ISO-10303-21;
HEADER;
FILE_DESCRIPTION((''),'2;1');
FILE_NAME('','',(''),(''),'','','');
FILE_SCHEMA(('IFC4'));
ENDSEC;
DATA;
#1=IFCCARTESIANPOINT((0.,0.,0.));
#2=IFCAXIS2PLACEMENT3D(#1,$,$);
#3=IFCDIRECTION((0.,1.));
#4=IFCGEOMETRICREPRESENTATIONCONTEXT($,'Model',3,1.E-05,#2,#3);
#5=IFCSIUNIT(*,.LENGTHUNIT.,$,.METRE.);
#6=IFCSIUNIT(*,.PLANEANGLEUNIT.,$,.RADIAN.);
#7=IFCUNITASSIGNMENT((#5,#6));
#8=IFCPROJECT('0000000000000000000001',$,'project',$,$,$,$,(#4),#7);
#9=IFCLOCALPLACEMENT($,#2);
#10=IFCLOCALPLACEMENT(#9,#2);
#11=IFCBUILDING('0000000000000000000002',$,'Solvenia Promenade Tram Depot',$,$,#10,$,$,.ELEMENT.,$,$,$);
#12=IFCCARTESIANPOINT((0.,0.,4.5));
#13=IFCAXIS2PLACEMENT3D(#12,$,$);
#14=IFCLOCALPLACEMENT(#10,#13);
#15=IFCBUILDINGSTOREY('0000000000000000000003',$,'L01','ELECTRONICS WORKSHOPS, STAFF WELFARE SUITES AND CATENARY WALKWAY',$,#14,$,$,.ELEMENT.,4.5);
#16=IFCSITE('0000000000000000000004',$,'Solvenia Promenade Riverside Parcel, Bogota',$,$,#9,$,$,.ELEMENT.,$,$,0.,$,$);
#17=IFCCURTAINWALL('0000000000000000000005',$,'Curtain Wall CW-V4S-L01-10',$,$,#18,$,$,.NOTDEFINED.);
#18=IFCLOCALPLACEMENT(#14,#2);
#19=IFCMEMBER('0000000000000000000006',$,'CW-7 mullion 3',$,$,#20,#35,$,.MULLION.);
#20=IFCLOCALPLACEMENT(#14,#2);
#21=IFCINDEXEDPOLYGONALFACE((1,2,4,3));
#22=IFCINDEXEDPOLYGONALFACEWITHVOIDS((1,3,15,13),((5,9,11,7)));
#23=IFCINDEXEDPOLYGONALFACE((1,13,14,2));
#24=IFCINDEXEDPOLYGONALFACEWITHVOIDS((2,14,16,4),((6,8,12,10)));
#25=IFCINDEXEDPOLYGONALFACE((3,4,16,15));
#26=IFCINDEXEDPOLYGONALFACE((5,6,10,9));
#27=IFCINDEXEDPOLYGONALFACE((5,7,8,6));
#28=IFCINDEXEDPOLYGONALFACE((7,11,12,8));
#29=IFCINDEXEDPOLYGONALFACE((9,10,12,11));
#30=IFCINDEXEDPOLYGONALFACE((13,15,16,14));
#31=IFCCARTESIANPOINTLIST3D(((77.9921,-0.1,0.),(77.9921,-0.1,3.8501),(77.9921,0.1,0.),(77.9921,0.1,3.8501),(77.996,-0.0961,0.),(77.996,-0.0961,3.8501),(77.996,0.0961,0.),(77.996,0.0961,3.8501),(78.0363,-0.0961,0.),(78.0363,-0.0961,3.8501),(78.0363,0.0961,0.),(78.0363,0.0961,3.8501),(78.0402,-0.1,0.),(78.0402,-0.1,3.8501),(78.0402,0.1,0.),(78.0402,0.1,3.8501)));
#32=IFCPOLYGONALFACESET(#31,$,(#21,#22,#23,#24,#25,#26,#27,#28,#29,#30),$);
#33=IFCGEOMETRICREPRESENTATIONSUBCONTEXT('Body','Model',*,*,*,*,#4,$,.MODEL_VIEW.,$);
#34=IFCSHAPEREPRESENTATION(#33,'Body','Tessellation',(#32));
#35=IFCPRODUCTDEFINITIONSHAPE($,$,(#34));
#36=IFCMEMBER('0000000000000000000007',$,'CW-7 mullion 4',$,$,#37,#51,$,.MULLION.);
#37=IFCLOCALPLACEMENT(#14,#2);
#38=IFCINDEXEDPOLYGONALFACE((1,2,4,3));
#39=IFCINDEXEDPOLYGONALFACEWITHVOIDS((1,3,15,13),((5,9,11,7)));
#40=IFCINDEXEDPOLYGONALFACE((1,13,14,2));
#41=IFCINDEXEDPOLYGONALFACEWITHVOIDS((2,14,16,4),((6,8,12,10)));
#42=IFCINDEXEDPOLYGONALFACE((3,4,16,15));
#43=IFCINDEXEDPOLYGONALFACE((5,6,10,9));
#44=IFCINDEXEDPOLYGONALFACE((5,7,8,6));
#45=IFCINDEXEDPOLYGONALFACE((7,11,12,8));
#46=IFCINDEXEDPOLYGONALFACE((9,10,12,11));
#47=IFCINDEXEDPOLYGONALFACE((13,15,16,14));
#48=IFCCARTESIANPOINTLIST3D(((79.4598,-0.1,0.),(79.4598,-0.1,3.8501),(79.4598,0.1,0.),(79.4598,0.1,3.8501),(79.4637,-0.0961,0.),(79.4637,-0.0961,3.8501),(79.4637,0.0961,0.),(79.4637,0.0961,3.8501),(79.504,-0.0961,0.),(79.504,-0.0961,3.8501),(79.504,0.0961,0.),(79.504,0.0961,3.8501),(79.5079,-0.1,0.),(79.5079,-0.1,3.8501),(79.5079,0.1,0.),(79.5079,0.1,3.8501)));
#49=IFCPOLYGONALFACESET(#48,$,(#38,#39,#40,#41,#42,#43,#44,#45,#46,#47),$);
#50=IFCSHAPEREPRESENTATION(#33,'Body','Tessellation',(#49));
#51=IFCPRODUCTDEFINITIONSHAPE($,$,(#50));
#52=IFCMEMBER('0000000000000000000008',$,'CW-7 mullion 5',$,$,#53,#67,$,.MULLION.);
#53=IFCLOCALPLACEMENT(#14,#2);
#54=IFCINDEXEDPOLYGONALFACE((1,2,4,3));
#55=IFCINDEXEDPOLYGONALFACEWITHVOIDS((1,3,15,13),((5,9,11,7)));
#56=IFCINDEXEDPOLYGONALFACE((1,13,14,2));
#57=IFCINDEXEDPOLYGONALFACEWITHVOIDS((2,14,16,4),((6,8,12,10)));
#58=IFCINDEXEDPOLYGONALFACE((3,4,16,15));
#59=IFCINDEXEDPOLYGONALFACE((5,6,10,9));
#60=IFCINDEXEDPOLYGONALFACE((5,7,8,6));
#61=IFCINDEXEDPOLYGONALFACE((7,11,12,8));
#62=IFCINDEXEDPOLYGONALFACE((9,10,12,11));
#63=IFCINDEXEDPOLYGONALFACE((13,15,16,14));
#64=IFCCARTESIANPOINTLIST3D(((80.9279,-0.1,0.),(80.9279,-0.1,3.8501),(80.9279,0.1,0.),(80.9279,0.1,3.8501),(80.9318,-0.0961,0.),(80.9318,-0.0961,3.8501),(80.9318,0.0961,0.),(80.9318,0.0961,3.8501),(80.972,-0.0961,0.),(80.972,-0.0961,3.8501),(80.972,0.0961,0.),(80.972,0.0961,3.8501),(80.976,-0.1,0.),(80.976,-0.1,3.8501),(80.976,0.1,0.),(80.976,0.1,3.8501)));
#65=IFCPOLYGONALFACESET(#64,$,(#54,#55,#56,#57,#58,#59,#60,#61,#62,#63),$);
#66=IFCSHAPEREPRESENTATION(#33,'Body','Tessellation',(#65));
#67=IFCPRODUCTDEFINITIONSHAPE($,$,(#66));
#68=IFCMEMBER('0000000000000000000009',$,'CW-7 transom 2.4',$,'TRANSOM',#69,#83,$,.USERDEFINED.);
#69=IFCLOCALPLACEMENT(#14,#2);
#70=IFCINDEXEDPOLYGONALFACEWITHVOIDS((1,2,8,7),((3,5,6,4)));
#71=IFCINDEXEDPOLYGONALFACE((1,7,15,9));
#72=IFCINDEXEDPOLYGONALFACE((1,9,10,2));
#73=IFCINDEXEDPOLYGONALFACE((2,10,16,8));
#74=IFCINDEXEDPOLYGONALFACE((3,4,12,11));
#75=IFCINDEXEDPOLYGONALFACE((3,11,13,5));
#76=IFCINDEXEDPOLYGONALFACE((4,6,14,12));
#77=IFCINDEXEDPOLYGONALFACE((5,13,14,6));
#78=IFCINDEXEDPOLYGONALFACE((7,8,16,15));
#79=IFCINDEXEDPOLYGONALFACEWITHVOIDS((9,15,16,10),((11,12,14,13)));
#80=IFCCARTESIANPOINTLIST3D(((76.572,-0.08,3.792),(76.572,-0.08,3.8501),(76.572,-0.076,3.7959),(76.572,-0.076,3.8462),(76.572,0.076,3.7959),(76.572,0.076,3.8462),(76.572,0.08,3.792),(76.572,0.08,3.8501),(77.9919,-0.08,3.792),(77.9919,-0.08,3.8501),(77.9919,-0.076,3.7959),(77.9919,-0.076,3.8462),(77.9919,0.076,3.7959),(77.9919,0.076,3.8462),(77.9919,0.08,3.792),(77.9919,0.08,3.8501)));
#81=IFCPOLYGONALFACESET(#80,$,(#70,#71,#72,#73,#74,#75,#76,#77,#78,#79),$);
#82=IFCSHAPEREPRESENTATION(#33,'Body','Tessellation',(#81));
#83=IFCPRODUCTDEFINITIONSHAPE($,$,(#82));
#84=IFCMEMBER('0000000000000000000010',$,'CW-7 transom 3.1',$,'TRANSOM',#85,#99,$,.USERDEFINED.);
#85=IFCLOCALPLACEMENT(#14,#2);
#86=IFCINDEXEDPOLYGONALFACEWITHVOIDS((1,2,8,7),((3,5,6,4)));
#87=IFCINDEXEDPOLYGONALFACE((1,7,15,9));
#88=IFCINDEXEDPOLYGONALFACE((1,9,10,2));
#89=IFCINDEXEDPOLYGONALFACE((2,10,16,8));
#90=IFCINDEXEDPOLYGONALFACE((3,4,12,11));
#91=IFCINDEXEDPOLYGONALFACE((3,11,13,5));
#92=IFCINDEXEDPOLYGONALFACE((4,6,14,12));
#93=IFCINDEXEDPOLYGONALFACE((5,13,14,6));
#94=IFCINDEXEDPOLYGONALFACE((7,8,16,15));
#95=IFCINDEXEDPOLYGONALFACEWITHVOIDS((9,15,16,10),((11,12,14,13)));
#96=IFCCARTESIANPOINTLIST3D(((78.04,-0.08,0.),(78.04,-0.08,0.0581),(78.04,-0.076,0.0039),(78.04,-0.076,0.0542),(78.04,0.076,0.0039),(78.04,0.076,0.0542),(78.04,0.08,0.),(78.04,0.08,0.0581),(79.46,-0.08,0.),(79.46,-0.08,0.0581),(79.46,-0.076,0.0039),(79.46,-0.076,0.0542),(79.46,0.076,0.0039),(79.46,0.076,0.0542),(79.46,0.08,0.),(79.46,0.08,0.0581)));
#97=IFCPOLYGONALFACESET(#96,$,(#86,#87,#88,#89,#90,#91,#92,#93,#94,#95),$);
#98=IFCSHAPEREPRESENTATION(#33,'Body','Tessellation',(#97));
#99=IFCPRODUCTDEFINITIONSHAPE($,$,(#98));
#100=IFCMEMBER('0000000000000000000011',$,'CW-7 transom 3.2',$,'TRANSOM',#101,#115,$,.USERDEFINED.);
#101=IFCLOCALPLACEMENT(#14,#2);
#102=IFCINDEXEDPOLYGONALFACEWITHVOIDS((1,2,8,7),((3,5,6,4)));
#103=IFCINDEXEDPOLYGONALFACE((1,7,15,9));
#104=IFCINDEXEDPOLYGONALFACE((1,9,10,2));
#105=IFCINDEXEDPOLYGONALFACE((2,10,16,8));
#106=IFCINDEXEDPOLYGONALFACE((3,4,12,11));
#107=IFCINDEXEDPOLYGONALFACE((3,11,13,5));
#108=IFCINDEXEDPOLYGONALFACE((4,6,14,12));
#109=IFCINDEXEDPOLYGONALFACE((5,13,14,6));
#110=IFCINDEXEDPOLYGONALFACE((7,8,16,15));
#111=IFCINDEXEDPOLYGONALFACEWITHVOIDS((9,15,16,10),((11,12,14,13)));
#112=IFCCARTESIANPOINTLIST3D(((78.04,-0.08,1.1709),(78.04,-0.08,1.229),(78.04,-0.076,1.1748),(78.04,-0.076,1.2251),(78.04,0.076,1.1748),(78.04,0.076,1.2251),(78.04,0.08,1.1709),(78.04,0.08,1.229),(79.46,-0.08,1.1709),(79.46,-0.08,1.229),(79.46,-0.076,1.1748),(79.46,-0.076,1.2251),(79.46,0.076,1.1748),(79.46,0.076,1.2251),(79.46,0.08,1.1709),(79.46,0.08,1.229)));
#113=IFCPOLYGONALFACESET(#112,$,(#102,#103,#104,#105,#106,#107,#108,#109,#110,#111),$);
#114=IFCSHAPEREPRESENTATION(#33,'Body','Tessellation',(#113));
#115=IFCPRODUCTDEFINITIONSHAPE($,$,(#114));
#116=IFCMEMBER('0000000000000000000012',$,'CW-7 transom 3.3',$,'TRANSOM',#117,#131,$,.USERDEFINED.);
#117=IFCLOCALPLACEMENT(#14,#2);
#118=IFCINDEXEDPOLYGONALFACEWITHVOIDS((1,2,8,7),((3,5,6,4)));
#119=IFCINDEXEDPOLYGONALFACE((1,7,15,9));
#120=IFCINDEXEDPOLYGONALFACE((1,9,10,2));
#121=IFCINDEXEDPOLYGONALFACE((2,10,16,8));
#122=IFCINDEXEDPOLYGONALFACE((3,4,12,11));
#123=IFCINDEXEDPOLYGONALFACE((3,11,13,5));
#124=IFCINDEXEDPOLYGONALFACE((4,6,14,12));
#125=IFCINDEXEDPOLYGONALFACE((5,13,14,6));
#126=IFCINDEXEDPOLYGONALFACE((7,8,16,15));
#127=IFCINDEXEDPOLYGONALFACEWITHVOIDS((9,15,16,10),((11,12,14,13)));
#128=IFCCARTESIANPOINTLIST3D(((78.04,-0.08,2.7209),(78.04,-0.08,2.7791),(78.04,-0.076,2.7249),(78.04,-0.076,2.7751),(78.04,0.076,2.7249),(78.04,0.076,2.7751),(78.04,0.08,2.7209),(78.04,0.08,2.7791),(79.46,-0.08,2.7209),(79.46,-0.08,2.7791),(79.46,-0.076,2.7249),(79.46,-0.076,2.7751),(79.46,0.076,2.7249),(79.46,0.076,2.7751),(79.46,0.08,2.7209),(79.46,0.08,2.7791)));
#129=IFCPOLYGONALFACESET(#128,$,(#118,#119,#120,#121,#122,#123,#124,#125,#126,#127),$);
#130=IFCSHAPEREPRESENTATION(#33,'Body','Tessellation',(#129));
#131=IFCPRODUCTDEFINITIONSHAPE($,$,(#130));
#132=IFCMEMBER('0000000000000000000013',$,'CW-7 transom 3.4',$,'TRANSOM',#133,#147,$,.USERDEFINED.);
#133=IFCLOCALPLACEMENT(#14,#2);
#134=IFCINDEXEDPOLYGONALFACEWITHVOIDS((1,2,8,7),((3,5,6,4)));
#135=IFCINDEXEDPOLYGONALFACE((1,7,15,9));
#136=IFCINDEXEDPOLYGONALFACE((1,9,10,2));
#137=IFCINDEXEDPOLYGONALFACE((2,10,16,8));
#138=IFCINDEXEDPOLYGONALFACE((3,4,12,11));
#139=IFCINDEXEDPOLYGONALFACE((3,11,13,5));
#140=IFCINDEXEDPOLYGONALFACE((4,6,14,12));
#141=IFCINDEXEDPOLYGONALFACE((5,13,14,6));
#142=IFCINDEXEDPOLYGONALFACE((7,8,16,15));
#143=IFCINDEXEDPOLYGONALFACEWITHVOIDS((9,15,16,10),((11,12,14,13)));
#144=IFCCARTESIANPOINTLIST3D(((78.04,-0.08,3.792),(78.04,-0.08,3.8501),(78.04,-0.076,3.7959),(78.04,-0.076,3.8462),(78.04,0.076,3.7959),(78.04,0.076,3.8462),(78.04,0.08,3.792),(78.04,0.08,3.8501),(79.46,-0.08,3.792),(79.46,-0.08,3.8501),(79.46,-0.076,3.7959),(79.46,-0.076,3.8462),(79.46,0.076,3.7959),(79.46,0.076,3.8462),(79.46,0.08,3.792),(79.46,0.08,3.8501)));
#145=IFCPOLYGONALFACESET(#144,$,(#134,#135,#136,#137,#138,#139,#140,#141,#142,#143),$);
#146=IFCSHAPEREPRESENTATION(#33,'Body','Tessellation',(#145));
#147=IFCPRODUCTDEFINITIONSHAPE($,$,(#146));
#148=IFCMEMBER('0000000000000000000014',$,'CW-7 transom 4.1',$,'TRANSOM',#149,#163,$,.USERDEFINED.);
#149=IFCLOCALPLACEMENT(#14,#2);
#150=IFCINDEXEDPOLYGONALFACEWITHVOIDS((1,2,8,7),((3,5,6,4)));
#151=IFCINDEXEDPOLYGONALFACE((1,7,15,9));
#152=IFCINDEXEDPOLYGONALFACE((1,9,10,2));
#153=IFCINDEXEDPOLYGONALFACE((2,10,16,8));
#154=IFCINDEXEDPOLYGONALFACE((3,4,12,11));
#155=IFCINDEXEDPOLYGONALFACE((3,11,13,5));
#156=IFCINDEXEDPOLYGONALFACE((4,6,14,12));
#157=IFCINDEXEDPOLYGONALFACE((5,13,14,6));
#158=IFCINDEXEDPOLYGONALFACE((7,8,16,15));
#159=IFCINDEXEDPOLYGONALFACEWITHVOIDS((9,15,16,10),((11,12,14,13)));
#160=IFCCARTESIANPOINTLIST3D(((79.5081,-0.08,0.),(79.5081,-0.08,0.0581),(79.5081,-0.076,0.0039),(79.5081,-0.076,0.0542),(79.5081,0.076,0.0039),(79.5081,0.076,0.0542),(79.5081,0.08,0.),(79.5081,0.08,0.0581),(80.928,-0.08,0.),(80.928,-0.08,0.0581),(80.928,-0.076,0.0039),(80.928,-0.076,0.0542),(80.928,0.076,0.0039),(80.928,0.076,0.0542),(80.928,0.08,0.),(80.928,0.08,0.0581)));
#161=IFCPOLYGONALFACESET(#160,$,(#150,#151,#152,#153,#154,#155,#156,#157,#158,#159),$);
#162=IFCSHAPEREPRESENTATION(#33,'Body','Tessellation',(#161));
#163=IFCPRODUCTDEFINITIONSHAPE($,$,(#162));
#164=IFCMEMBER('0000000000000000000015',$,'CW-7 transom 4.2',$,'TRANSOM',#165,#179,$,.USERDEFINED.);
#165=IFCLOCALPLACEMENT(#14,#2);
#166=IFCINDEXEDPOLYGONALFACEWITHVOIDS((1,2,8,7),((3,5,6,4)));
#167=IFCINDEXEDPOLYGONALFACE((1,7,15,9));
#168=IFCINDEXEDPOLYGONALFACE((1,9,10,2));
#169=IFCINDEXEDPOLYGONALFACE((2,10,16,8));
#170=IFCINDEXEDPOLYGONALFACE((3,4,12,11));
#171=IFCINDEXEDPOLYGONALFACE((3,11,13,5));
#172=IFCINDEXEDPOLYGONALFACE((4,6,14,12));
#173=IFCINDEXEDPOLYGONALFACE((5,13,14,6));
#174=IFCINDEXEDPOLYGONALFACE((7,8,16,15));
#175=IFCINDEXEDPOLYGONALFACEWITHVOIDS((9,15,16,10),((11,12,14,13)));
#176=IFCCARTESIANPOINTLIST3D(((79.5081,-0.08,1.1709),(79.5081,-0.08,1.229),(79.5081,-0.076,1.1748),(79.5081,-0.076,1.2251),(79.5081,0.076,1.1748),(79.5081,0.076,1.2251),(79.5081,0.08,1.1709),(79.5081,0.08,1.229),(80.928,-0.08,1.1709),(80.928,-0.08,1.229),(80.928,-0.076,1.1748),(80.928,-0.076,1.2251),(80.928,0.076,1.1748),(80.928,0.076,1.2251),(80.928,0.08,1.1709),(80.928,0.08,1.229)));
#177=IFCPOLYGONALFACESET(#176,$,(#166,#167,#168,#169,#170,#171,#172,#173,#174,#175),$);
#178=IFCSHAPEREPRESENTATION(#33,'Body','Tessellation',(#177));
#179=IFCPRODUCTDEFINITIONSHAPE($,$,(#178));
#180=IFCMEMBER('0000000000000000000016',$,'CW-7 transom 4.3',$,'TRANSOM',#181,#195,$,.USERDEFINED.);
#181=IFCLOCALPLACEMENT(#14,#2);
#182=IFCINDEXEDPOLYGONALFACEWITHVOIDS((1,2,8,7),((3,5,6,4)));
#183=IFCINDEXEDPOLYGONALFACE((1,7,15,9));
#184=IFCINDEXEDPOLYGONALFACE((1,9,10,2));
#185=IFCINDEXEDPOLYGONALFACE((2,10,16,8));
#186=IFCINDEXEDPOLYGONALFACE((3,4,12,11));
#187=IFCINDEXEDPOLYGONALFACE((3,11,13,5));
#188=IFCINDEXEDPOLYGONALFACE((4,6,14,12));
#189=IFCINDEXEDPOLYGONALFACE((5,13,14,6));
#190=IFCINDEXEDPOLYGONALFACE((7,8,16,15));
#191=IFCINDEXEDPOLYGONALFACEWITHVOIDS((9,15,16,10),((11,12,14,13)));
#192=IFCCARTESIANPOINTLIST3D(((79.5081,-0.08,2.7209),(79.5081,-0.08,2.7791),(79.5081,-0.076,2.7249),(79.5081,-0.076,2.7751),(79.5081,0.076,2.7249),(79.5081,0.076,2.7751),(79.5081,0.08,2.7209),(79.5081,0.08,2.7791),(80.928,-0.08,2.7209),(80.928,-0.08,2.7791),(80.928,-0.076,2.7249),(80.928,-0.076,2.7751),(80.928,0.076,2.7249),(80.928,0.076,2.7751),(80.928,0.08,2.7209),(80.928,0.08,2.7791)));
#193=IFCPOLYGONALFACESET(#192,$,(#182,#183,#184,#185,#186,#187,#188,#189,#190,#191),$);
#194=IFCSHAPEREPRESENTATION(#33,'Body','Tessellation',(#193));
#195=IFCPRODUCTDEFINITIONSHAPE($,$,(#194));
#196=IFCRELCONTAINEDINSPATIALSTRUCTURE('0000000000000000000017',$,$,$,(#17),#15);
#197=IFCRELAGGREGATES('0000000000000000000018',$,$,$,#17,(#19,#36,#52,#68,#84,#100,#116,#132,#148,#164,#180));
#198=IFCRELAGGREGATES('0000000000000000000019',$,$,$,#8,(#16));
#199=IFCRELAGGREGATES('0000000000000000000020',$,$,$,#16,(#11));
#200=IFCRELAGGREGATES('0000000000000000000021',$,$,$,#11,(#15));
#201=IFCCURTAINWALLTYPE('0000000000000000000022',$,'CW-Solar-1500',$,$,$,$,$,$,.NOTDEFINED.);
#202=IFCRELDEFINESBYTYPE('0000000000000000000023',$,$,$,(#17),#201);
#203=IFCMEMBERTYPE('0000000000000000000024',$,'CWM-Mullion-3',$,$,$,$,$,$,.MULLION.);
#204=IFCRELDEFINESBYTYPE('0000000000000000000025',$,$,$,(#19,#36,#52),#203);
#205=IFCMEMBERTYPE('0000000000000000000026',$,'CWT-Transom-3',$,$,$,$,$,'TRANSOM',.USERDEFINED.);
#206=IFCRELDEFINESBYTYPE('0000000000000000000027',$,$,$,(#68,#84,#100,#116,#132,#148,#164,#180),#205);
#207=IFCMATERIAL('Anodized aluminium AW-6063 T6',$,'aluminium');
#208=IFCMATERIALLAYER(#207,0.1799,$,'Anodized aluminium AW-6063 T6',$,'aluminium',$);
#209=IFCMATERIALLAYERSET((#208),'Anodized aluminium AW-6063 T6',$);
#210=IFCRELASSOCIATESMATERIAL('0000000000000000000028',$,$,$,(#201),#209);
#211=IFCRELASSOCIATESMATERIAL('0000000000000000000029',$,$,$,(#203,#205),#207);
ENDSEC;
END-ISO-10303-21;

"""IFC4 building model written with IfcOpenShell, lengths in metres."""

from ifc_helpers import new_model, si_unit, direction, frame, origin, origin_2d, place, context, subcontext, project, spatial, hollow_rectangle, extrude, material, layer, layer_set, material_profile, profile_set, type_object, element, aggregate, save


model = new_model("IFC4")

# Units and contexts
model_context = context("Model", 3, precision=1e-05, world=origin(), true_north=direction((0.0, 1.0)))
body_context = subcontext(model_context, "Body", "Model", "MODEL_VIEW")
ifc_project = project(units=[si_unit("LENGTHUNIT", "METRE"), si_unit("PLANEANGLEUNIT", "RADIAN")], contexts=[model_context])

# Site, building, storey
site_placement = place(None, origin())
site = spatial("IfcSite", under=ifc_project, at=site_placement, Name="Solvenia Promenade Riverside Parcel, Bogota", CompositionType="ELEMENT", RefElevation=0.0)
building_placement = place(site_placement, origin())
building = spatial("IfcBuilding", under=site, at=building_placement, Name="Solvenia Promenade Tram Depot", CompositionType="ELEMENT")
storey_placement = place(building_placement, frame((0.0, 0.0, 4.5)))
storey = spatial("IfcBuildingStorey", under=building, at=storey_placement, Name="L01", Description="ELECTRONICS WORKSHOPS, STAFF WELFARE SUITES AND CATENARY WALKWAY", CompositionType="ELEMENT", Elevation=4.5)

# Curtain wall, members
ifc_material_1 = material(Name="Anodized aluminium AW-6063 T6", Category="aluminium")
ifc_layer_1 = layer(ifc_material_1, 0.1799, Name="Anodized aluminium AW-6063 T6", Category="aluminium")
ifc_layer_set_1 = layer_set([ifc_layer_1], Name="Anodized aluminium AW-6063 T6")
curtain_wall_type = type_object("IfcCurtainWallType", Name="CW-Solar-1500", PredefinedType="NOTDEFINED", material=ifc_layer_set_1)
curtain_wall_placement = place(storey_placement, origin())
curtain_wall = element("IfcCurtainWall", 1, at=curtain_wall_placement, inside=storey, type_object=curtain_wall_type, Name="Curtain Wall CW-V4S-L01-10", PredefinedType="NOTDEFINED")
ifc_material_profile_1 = material_profile(ifc_material_1, hollow_rectangle(XDim=0.2, YDim=0.0481, WallThickness=0.0039, at=origin_2d()), Name="ALU-M3", Category="aluminium")
ifc_profile_set_1 = profile_set([ifc_material_profile_1], Name="Anodized aluminium AW-6063 T6")
member_type_1 = type_object("IfcMemberType", Name="CWM-Mullion-3", PredefinedType="MULLION", material=ifc_profile_set_1)
member_1_placement = place(storey_placement, frame((78.0161, 0.0, 0.0), z_axis=(0.0, 0.0, 1.0), x_axis=(0.0, 1.0, 0.0)))
member_1 = element("IfcMember", 2, at=member_1_placement, type_object=member_type_1, Name="CW-7 mullion 3", PredefinedType="MULLION", context=body_context, shape_type="SweptSolid", body=[
    extrude(hollow_rectangle(XDim=0.2, YDim=0.0481, WallThickness=0.0039, at=origin_2d()), origin(), (0.0, 0.0, 1.0), 3.8501),
])
member_2_placement = place(storey_placement, frame((79.4839, 0.0, 0.0), z_axis=(0.0, 0.0, 1.0), x_axis=(0.0, 1.0, 0.0)))
member_2 = element("IfcMember", 3, at=member_2_placement, type_object=member_type_1, Name="CW-7 mullion 4", PredefinedType="MULLION", context=body_context, shape_type="SweptSolid", body=[
    extrude(hollow_rectangle(XDim=0.2, YDim=0.0481, WallThickness=0.0039, at=origin_2d()), origin(), (0.0, 0.0, 1.0), 3.8501),
])
member_3_placement = place(storey_placement, frame((80.9519, 0.0, 0.0), z_axis=(0.0, 0.0, 1.0), x_axis=(0.0, 1.0, 0.0)))
member_3 = element("IfcMember", 4, at=member_3_placement, type_object=member_type_1, Name="CW-7 mullion 5", PredefinedType="MULLION", context=body_context, shape_type="SweptSolid", body=[
    extrude(hollow_rectangle(XDim=0.2, YDim=0.0481, WallThickness=0.0039, at=origin_2d()), origin(), (0.0, 0.0, 1.0), 3.8501),
])
ifc_material_profile_2 = material_profile(ifc_material_1, hollow_rectangle(XDim=0.1599, YDim=0.0581, WallThickness=0.0039, at=origin_2d()), Name="ALU-T3", Category="aluminium")
ifc_profile_set_2 = profile_set([ifc_material_profile_2], Name="Anodized aluminium AW-6063 T6")
member_type_2 = type_object("IfcMemberType", Name="CWT-Transom-3", ElementType="TRANSOM", PredefinedType="USERDEFINED", material=ifc_profile_set_2)
member_4_placement = place(storey_placement, frame((76.572, 0.0, 3.821), z_axis=(1.0, 0.0, 0.0), x_axis=(0.0, 1.0, 0.0)))
member_4 = element("IfcMember", 5, at=member_4_placement, type_object=member_type_2, Name="CW-7 transom 2.4", ObjectType="TRANSOM", PredefinedType="USERDEFINED", context=body_context, shape_type="SweptSolid", body=[
    extrude(hollow_rectangle(XDim=0.1599, YDim=0.0581, WallThickness=0.0039, at=origin_2d()), origin(), (0.0, 0.0, 1.0), 1.4199),
])
member_5_placement = place(storey_placement, frame((78.04, 0.0, 0.0291), z_axis=(1.0, 0.0, 0.0), x_axis=(0.0, 1.0, 0.0)))
member_5 = element("IfcMember", 6, at=member_5_placement, type_object=member_type_2, Name="CW-7 transom 3.1", ObjectType="TRANSOM", PredefinedType="USERDEFINED", context=body_context, shape_type="SweptSolid", body=[
    extrude(hollow_rectangle(XDim=0.1599, YDim=0.0581, WallThickness=0.0039, at=origin_2d()), origin(), (0.0, 0.0, 1.0), 1.4199),
])
member_6_placement = place(storey_placement, frame((78.04, 0.0, 1.2), z_axis=(1.0, 0.0, 0.0), x_axis=(0.0, 1.0, 0.0)))
member_6 = element("IfcMember", 7, at=member_6_placement, type_object=member_type_2, Name="CW-7 transom 3.2", ObjectType="TRANSOM", PredefinedType="USERDEFINED", context=body_context, shape_type="SweptSolid", body=[
    extrude(hollow_rectangle(XDim=0.1599, YDim=0.0581, WallThickness=0.0039, at=origin_2d()), origin(), (0.0, 0.0, 1.0), 1.4199),
])
member_7_placement = place(storey_placement, frame((78.04, 0.0, 2.75), z_axis=(1.0, 0.0, 0.0), x_axis=(0.0, 1.0, 0.0)))
member_7 = element("IfcMember", 8, at=member_7_placement, type_object=member_type_2, Name="CW-7 transom 3.3", ObjectType="TRANSOM", PredefinedType="USERDEFINED", context=body_context, shape_type="SweptSolid", body=[
    extrude(hollow_rectangle(XDim=0.1599, YDim=0.0581, WallThickness=0.0039, at=origin_2d()), origin(), (0.0, 0.0, 1.0), 1.4199),
])
member_8_placement = place(storey_placement, frame((78.04, 0.0, 3.821), z_axis=(1.0, 0.0, 0.0), x_axis=(0.0, 1.0, 0.0)))
member_8 = element("IfcMember", 9, at=member_8_placement, type_object=member_type_2, Name="CW-7 transom 3.4", ObjectType="TRANSOM", PredefinedType="USERDEFINED", context=body_context, shape_type="SweptSolid", body=[
    extrude(hollow_rectangle(XDim=0.1599, YDim=0.0581, WallThickness=0.0039, at=origin_2d()), origin(), (0.0, 0.0, 1.0), 1.4199),
])
member_9_placement = place(storey_placement, frame((79.5081, 0.0, 0.0291), z_axis=(1.0, 0.0, 0.0), x_axis=(0.0, 1.0, 0.0)))
member_9 = element("IfcMember", 10, at=member_9_placement, type_object=member_type_2, Name="CW-7 transom 4.1", ObjectType="TRANSOM", PredefinedType="USERDEFINED", context=body_context, shape_type="SweptSolid", body=[
    extrude(hollow_rectangle(XDim=0.1599, YDim=0.0581, WallThickness=0.0039, at=origin_2d()), origin(), (0.0, 0.0, 1.0), 1.4199),
])
member_10_placement = place(storey_placement, frame((79.5081, 0.0, 1.2), z_axis=(1.0, 0.0, 0.0), x_axis=(0.0, 1.0, 0.0)))
member_10 = element("IfcMember", 11, at=member_10_placement, type_object=member_type_2, Name="CW-7 transom 4.2", ObjectType="TRANSOM", PredefinedType="USERDEFINED", context=body_context, shape_type="SweptSolid", body=[
    extrude(hollow_rectangle(XDim=0.1599, YDim=0.0581, WallThickness=0.0039, at=origin_2d()), origin(), (0.0, 0.0, 1.0), 1.4199),
])
member_11_placement = place(storey_placement, frame((79.5081, 0.0, 2.75), z_axis=(1.0, 0.0, 0.0), x_axis=(0.0, 1.0, 0.0)))
member_11 = element("IfcMember", 12, at=member_11_placement, type_object=member_type_2, Name="CW-7 transom 4.3", ObjectType="TRANSOM", PredefinedType="USERDEFINED", context=body_context, shape_type="SweptSolid", body=[
    extrude(hollow_rectangle(XDim=0.1599, YDim=0.0581, WallThickness=0.0039, at=origin_2d()), origin(), (0.0, 0.0, 1.0), 1.4199),
])
aggregate(curtain_wall, [member_1, member_2, member_3, member_4, member_5, member_6, member_7, member_8, member_9, member_10, member_11])

save(model, "model.ifc")
